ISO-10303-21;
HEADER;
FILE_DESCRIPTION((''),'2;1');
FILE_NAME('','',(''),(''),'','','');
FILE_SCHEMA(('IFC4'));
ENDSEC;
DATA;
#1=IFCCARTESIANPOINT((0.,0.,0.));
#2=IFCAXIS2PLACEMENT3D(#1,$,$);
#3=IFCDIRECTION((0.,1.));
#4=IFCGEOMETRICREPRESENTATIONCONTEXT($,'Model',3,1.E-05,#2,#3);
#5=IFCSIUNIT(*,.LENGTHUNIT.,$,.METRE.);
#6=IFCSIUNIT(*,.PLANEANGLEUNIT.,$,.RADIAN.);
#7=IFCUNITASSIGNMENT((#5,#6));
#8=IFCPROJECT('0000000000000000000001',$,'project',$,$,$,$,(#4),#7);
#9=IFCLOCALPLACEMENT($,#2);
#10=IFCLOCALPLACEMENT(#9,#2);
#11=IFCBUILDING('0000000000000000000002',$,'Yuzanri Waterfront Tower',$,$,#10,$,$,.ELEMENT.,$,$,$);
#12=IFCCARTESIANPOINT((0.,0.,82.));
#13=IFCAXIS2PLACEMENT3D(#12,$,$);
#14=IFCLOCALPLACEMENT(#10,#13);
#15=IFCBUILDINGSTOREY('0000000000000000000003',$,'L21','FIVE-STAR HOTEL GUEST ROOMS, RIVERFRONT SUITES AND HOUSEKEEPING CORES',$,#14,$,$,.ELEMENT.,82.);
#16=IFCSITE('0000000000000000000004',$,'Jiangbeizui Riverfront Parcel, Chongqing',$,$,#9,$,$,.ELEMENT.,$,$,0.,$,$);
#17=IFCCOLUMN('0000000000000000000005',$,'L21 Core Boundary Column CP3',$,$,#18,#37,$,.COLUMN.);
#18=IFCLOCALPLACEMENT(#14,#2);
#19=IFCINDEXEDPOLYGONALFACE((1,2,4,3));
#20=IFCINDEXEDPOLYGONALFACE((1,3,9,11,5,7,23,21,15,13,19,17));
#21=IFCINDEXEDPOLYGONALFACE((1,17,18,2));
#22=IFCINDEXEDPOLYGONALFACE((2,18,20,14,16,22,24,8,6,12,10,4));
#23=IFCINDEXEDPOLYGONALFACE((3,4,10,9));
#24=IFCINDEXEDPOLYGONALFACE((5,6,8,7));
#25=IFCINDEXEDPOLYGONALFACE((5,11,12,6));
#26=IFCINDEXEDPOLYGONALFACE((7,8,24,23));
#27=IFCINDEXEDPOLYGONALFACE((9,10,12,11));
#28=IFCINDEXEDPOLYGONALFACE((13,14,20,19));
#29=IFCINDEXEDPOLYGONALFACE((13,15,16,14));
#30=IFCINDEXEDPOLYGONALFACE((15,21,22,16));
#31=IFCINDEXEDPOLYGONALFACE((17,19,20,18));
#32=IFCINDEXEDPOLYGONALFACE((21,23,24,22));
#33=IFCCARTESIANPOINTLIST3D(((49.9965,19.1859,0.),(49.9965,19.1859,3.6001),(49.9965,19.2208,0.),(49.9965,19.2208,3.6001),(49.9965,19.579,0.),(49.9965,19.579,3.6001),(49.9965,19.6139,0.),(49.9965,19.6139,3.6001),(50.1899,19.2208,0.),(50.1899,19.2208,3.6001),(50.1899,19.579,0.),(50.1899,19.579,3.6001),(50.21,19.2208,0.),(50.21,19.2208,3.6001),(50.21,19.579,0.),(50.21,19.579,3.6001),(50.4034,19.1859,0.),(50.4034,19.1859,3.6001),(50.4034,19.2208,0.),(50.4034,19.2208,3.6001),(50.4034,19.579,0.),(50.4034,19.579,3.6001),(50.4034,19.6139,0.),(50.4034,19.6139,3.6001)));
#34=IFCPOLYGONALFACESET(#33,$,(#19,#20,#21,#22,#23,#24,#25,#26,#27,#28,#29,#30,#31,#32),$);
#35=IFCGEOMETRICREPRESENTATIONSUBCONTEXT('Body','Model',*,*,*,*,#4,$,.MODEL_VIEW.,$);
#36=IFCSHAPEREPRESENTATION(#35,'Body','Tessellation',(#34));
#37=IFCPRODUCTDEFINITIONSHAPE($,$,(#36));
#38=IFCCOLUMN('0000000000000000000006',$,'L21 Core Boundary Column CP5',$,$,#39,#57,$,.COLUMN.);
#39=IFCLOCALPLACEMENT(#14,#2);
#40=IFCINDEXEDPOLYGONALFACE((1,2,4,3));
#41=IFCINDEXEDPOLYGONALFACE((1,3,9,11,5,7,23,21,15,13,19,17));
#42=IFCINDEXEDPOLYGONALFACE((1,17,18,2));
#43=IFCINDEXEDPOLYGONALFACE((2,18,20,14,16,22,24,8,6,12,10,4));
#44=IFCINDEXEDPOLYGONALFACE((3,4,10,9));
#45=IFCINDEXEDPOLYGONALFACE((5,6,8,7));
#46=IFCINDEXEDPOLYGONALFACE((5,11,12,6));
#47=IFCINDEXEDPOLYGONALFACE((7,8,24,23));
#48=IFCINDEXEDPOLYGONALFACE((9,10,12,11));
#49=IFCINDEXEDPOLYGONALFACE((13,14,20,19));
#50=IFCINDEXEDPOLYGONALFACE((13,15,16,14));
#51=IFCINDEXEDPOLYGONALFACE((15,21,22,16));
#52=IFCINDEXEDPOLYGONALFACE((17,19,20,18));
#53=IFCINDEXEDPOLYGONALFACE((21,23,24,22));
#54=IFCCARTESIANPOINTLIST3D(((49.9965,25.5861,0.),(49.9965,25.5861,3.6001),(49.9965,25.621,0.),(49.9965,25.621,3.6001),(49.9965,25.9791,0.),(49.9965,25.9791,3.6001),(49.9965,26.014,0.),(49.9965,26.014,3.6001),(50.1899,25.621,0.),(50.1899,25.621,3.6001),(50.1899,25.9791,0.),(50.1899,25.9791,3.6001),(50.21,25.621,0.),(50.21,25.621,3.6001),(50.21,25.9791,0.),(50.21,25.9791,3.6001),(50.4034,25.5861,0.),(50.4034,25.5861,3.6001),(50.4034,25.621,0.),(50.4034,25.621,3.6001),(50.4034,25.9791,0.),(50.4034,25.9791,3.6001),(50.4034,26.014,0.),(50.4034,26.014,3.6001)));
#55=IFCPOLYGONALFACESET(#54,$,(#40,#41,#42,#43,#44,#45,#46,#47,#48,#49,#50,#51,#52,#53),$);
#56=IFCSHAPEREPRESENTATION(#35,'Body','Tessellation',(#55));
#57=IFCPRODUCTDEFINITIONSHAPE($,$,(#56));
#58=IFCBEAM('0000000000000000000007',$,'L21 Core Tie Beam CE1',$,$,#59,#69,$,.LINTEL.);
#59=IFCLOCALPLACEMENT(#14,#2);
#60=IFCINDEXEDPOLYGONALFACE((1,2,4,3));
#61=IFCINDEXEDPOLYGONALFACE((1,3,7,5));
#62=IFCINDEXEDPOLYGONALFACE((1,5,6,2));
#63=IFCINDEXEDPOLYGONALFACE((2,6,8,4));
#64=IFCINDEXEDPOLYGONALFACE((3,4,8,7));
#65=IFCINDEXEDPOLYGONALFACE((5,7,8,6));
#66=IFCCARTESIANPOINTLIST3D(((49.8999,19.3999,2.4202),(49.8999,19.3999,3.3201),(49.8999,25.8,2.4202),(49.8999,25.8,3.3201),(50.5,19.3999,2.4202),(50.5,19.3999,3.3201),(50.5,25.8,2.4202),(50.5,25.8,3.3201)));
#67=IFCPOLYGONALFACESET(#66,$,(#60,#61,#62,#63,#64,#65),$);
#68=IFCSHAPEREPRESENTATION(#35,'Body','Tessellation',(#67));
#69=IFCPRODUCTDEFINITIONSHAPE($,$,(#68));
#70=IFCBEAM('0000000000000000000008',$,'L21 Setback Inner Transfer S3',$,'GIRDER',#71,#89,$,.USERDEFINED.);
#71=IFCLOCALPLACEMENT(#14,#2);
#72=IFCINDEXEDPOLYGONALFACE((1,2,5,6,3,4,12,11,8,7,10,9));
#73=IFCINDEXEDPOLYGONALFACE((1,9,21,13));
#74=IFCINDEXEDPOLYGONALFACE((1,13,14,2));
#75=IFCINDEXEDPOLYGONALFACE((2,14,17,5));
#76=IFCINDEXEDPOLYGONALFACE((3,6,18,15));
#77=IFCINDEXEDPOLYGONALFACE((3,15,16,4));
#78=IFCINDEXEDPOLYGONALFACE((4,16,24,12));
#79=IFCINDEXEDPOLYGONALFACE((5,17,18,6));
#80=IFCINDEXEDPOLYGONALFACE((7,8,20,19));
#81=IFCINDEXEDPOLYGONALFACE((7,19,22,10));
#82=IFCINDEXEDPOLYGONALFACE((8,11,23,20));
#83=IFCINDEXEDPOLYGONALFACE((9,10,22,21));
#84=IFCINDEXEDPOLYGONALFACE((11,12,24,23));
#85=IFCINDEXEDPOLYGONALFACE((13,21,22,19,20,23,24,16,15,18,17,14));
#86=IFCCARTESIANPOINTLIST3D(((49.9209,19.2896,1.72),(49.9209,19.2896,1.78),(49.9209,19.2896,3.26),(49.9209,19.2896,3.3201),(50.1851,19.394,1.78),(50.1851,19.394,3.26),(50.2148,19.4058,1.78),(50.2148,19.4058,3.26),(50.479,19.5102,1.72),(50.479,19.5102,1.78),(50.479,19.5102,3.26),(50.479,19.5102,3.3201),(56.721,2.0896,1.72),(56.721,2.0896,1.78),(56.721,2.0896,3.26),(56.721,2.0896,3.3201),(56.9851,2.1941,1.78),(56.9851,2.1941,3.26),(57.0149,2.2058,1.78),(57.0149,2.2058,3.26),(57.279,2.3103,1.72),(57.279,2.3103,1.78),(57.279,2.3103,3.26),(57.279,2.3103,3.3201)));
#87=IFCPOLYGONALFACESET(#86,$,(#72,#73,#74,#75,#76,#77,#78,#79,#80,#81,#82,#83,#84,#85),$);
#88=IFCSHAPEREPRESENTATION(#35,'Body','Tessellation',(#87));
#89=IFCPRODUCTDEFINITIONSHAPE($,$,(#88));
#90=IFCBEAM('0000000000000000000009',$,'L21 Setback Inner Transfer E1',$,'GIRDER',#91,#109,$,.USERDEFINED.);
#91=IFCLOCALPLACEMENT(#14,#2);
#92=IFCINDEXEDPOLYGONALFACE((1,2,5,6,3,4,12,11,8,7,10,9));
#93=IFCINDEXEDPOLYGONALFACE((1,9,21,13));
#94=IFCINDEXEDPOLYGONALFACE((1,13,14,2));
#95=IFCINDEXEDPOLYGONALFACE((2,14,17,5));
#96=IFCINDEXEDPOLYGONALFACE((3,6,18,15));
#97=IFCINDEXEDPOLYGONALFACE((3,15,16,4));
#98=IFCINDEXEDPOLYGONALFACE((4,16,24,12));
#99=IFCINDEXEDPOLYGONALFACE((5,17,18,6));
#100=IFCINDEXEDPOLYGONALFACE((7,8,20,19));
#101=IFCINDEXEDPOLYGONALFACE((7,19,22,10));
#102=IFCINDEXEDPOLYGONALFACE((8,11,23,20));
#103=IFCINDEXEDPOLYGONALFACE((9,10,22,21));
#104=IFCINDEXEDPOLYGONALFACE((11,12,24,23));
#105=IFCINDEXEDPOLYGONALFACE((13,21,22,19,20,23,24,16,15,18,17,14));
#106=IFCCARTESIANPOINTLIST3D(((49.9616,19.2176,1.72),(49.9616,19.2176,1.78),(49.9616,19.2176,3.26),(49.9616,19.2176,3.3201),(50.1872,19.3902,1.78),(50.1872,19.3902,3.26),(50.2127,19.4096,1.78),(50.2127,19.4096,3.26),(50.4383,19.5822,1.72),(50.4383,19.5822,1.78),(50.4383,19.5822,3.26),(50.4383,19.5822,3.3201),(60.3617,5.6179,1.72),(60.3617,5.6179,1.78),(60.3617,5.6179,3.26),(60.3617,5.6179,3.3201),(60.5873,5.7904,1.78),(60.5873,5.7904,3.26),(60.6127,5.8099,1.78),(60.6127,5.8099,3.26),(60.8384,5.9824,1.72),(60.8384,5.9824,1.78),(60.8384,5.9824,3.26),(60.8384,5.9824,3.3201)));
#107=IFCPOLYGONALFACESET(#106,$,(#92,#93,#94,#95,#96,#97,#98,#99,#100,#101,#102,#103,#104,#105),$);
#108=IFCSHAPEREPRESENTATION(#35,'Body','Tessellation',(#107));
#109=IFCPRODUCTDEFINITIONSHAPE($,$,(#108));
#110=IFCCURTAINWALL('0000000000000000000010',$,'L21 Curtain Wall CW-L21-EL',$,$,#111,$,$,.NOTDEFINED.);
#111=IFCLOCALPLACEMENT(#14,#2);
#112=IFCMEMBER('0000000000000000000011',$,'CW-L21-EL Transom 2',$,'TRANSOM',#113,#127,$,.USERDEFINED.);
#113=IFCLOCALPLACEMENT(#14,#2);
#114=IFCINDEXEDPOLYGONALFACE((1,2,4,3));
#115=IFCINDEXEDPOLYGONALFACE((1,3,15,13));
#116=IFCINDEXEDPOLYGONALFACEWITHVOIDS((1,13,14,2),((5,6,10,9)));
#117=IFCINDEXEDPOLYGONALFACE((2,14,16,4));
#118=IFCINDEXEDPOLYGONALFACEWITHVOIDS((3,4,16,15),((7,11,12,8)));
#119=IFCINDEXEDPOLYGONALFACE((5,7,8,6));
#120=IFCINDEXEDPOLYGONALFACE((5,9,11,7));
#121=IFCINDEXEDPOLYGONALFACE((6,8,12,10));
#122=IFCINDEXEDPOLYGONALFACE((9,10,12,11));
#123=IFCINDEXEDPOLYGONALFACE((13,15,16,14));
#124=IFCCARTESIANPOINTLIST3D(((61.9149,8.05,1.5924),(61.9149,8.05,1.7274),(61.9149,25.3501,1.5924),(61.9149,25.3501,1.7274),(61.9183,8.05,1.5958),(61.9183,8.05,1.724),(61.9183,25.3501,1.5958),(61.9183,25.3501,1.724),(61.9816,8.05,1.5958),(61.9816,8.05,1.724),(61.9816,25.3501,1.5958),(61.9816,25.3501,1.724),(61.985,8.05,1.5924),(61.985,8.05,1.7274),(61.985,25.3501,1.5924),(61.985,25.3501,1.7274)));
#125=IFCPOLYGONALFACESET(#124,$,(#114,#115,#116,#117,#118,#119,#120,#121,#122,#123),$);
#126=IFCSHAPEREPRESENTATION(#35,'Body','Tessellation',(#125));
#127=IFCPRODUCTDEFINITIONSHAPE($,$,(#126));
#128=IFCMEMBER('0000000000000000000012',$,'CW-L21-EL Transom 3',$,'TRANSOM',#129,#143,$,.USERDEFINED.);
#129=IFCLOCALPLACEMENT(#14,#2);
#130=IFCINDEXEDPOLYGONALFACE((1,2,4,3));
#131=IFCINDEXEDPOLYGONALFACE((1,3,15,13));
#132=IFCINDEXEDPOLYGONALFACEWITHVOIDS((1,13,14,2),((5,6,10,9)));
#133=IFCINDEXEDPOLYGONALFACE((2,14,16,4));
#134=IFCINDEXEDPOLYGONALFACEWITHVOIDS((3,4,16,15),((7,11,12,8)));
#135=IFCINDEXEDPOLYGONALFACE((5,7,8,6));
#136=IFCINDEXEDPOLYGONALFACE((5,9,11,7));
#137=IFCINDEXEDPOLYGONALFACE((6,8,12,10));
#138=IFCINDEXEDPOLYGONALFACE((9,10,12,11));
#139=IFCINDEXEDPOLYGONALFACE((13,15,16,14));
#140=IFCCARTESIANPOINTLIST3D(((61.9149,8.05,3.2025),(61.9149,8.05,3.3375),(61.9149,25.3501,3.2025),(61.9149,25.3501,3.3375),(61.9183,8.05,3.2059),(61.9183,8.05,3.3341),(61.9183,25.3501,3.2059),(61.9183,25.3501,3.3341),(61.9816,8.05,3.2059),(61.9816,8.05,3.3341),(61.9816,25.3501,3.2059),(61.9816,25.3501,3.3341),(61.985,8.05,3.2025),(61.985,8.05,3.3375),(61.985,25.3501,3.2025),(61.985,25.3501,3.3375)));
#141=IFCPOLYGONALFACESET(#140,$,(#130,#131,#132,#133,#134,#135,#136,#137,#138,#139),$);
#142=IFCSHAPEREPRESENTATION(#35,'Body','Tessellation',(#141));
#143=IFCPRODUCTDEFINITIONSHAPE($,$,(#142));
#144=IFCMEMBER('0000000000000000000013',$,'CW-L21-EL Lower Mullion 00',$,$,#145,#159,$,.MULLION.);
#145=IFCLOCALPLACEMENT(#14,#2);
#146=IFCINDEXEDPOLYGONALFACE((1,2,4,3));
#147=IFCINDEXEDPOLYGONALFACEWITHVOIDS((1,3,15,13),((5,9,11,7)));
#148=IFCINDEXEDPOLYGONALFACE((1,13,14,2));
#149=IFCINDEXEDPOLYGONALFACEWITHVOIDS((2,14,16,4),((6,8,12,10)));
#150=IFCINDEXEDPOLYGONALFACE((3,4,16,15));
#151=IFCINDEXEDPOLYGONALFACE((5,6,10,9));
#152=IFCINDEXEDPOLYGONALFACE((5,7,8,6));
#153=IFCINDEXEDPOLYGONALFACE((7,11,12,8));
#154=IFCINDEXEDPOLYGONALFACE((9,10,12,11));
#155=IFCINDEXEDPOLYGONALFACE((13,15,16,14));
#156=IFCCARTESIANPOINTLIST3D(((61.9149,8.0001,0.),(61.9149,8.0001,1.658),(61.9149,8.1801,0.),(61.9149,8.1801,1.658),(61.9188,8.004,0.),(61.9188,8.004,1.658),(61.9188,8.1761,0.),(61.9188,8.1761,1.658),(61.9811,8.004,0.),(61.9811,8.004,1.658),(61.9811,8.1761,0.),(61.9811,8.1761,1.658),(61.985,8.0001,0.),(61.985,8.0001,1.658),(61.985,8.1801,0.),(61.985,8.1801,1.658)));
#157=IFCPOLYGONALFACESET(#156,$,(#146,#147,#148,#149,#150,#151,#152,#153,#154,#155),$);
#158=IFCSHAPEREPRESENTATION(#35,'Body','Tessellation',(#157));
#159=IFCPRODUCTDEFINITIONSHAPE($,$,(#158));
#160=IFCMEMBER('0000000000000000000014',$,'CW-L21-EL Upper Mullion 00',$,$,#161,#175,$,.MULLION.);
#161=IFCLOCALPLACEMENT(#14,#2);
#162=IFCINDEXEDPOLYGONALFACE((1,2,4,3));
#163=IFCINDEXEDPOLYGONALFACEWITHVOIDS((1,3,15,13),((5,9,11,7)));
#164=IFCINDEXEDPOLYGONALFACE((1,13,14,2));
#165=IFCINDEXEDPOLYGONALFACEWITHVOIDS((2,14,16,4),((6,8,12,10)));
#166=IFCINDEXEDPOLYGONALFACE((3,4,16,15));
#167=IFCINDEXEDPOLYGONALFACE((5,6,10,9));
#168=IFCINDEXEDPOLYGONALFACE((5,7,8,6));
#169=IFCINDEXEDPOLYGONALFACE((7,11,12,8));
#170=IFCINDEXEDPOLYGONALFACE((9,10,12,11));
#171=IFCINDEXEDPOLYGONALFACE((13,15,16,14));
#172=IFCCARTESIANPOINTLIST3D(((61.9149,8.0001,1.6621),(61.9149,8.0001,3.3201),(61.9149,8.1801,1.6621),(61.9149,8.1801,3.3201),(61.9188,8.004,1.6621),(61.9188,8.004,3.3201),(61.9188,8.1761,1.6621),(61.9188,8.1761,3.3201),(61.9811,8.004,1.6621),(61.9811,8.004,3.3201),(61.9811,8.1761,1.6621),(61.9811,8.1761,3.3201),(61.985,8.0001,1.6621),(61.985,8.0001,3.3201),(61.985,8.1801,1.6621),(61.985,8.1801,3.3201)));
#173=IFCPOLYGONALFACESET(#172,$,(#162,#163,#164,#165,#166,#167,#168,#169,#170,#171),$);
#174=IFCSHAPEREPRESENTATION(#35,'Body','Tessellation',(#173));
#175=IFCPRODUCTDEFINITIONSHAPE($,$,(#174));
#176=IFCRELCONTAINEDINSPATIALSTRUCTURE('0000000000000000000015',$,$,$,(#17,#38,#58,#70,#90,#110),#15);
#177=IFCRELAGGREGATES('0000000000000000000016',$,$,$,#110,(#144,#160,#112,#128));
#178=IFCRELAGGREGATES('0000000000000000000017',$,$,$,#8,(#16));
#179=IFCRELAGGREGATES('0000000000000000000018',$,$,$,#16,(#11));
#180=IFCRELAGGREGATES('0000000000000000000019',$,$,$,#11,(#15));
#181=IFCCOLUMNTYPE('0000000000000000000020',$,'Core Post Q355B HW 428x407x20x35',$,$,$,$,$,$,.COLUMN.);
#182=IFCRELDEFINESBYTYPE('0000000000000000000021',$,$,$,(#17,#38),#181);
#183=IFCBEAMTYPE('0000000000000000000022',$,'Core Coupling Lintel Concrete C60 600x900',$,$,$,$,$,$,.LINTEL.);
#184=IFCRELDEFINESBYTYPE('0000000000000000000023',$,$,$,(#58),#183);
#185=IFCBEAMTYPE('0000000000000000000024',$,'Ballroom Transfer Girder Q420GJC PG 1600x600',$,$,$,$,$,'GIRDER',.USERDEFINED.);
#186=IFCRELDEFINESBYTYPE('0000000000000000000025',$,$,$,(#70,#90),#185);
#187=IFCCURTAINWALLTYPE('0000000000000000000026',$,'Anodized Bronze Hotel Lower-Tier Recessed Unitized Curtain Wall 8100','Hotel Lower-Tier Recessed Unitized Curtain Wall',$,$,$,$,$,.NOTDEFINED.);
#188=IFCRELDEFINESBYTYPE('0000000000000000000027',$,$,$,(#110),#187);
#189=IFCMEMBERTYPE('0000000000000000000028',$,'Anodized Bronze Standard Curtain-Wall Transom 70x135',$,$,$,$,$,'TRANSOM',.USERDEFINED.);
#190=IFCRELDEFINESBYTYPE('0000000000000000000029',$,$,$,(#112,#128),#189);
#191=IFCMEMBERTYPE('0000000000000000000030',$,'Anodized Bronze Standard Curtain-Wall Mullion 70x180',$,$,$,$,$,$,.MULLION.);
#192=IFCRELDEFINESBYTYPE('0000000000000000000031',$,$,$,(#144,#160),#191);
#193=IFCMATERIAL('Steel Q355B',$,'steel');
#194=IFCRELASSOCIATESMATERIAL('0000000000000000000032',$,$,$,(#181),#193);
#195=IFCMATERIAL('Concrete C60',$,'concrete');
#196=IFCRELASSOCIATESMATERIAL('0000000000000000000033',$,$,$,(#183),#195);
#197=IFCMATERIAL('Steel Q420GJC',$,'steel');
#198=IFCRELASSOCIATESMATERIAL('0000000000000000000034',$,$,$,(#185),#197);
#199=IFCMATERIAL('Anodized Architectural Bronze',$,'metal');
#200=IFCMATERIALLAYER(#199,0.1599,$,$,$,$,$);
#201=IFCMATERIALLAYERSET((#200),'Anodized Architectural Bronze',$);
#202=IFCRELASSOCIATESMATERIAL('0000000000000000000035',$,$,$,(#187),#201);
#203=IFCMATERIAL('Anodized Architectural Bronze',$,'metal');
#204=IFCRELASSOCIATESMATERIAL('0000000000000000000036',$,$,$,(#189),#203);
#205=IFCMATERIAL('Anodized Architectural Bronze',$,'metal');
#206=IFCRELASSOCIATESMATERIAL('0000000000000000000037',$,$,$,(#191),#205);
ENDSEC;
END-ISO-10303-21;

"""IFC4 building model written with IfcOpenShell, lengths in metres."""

from ifc_helpers import new_model, si_unit, direction, frame, origin, origin_2d, place, context, subcontext, project, spatial, rectangle, hollow_rectangle, i_section, extrude, source, transform, mapped, material, layer, layer_set, material_profile, profile_set, type_object, element, aggregate, save


model = new_model("IFC4")

# Units and contexts
model_context = context("Model", 3, precision=1e-05, world=origin(), true_north=direction((0.0, 1.0)))
body_context = subcontext(model_context, "Body", "Model", "MODEL_VIEW")
ifc_project = project(units=[si_unit("LENGTHUNIT", "METRE"), si_unit("PLANEANGLEUNIT", "RADIAN")], contexts=[model_context])

# Site, building, storey
site_placement = place(None, origin())
site = spatial("IfcSite", under=ifc_project, at=site_placement, Name="Jiangbeizui Riverfront Parcel, Chongqing", CompositionType="ELEMENT", RefElevation=0.0)
building_placement = place(site_placement, origin())
building = spatial("IfcBuilding", under=site, at=building_placement, Name="Yuzanri Waterfront Tower", CompositionType="ELEMENT")
storey_placement = place(building_placement, frame((0.0, 0.0, 82.0)))
storey = spatial("IfcBuildingStorey", under=building, at=storey_placement, Name="L21", Description="FIVE-STAR HOTEL GUEST ROOMS, RIVERFRONT SUITES AND HOUSEKEEPING CORES", CompositionType="ELEMENT", Elevation=82.0)

# Columns
ifc_material_1 = material(Name="Steel Q355B", Category="steel")
ifc_material_profile_1 = material_profile(ifc_material_1, i_section(OverallWidth=0.407, OverallDepth=0.428, WebThickness=0.02, FlangeThickness=0.0349, at=origin_2d()), Name="HW 428x407x20x35")
ifc_profile_set_1 = profile_set([ifc_material_profile_1], Name="Steel Q355B")
column_type = type_object("IfcColumnType", Name="Core Post Q355B HW 428x407x20x35", PredefinedType="COLUMN", material=ifc_profile_set_1)
shared_shape_1 = source(origin(), body_context, "Body", "SweptSolid", [
    extrude(i_section(OverallWidth=0.407, OverallDepth=0.428, WebThickness=0.02, FlangeThickness=0.0349, at=origin_2d()), origin(), (0.0, 0.0, 1.0), 3.6001),
])
for number, where, z_axis, x_axis, name in (
    (1, (50.2, 19.3999, 0.0), (0.0, 0.0, 1.0), (1.0, 0.0, 0.0), "L21 Core Boundary Column CP3"),
    (2, (50.2, 25.8, 0.0), (0.0, 0.0, 1.0), (1.0, 0.0, 0.0), "L21 Core Boundary Column CP5"),
):
    element("IfcColumn", number, at=place(storey_placement, frame(where, z_axis=z_axis, x_axis=x_axis)), inside=storey, type_object=column_type, Name=name, PredefinedType="COLUMN", context=body_context, shape_type="MappedRepresentation", body=[
        mapped(shared_shape_1, transform((0.0, 0.0, 0.0), scale=1.0)),
    ])

# Beams
ifc_material_2 = material(Name="Concrete C60", Category="concrete")
ifc_material_profile_2 = material_profile(ifc_material_2, rectangle(XDim=0.6001, YDim=0.8999, at=origin_2d()), Name="RC 600x900")
ifc_profile_set_2 = profile_set([ifc_material_profile_2], Name="Concrete C60")
beam_type_1 = type_object("IfcBeamType", Name="Core Coupling Lintel Concrete C60 600x900", PredefinedType="LINTEL", material=ifc_profile_set_2)
shared_shape_2 = source(origin(), body_context, "Body", "SweptSolid", [
    extrude(rectangle(XDim=0.6001, YDim=0.8999, at=origin_2d()), origin(), (0.0, 0.0, 1.0), 6.4001),
])
beam_1_placement = place(storey_placement, frame((50.2, 19.3999, 2.8701), z_axis=(0.0, 1.0, 0.0), x_axis=(-1.0, 0.0, 0.0)))
element("IfcBeam", 3, at=beam_1_placement, inside=storey, type_object=beam_type_1, Name="L21 Core Tie Beam CE1", PredefinedType="LINTEL", context=body_context, shape_type="MappedRepresentation", body=[
    mapped(shared_shape_2, transform((0.0, 0.0, 0.0), scale=1.0)),
])
ifc_material_3 = material(Name="Steel Q420GJC", Category="steel")
ifc_material_profile_3 = material_profile(ifc_material_3, i_section(OverallWidth=0.6001, OverallDepth=1.6001, WebThickness=0.032, FlangeThickness=0.0601, at=origin_2d()), Name="PG 1600x600x32x60")
ifc_profile_set_3 = profile_set([ifc_material_profile_3], Name="Steel Q420GJC")
beam_type_2 = type_object("IfcBeamType", Name="Ballroom Transfer Girder Q420GJC PG 1600x600", ElementType="GIRDER", PredefinedType="USERDEFINED", material=ifc_profile_set_3)
shared_shape_3 = source(origin(), body_context, "Body", "SweptSolid", [
    extrude(i_section(OverallWidth=0.6001, OverallDepth=1.6001, WebThickness=0.032, FlangeThickness=0.0601, at=origin_2d()), origin(), (0.0, 0.0, 1.0), 18.4954),
])
beam_2_placement = place(storey_placement, frame((50.2, 19.3999, 2.52), z_axis=(0.367662, -0.929959, 0.0), x_axis=(0.929959, 0.367662, 0.0)))
element("IfcBeam", 4, at=beam_2_placement, inside=storey, type_object=beam_type_2, Name="L21 Setback Inner Transfer S3", ObjectType="GIRDER", PredefinedType="USERDEFINED", context=body_context, shape_type="MappedRepresentation", body=[
    mapped(shared_shape_3, transform((0.0, 0.0, 0.0), scale=1.0)),
])
shared_shape_4 = source(origin(), body_context, "Body", "SweptSolid", [
    extrude(i_section(OverallWidth=0.6001, OverallDepth=1.6001, WebThickness=0.032, FlangeThickness=0.0601, at=origin_2d()), origin(), (0.0, 0.0, 1.0), 17.1206),
])
beam_3_placement = place(storey_placement, frame((50.2, 19.3999, 2.52), z_axis=(0.60746, -0.794351, 0.0), x_axis=(0.794351, 0.60746, 0.0)))
element("IfcBeam", 5, at=beam_3_placement, inside=storey, type_object=beam_type_2, Name="L21 Setback Inner Transfer E1", ObjectType="GIRDER", PredefinedType="USERDEFINED", context=body_context, shape_type="MappedRepresentation", body=[
    mapped(shared_shape_4, transform((0.0, 0.0, 0.0), scale=1.0)),
])

# Curtain wall, members
ifc_material_4 = material(Name="Anodized Architectural Bronze", Category="metal")
ifc_layer_1 = layer(ifc_material_4, 0.1599)
ifc_layer_set_1 = layer_set([ifc_layer_1], Name="Anodized Architectural Bronze")
curtain_wall_type = type_object("IfcCurtainWallType", Name="Anodized Bronze Hotel Lower-Tier Recessed Unitized Curtain Wall 8100", Description="Hotel Lower-Tier Recessed Unitized Curtain Wall", PredefinedType="NOTDEFINED", material=ifc_layer_set_1)
curtain_wall_placement = place(storey_placement, origin())
curtain_wall = element("IfcCurtainWall", 6, at=curtain_wall_placement, inside=storey, type_object=curtain_wall_type, Name="L21 Curtain Wall CW-L21-EL", PredefinedType="NOTDEFINED")
ifc_material_5 = material(Name="Anodized Architectural Bronze", Category="metal")
ifc_material_profile_4 = material_profile(ifc_material_5, hollow_rectangle(XDim=0.0701, YDim=0.135, WallThickness=0.0034, at=origin_2d()), Name="CWT 70x135")
ifc_profile_set_4 = profile_set([ifc_material_profile_4], Name="Anodized Architectural Bronze")
member_type_1 = type_object("IfcMemberType", Name="Anodized Bronze Standard Curtain-Wall Transom 70x135", ElementType="TRANSOM", PredefinedType="USERDEFINED", material=ifc_profile_set_4)
shared_shape_5 = source(origin(), body_context, "Body", "SweptSolid", [
    extrude(hollow_rectangle(XDim=0.0701, YDim=0.135, WallThickness=0.0034, at=origin_2d()), origin(), (0.0, 0.0, 1.0), 17.3),
])
member_1_placement = place(storey_placement, frame((61.95, 8.05, 1.6599), z_axis=(0.0, 1.0, 0.0), x_axis=(-1.0, 0.0, 0.0)))
member_1 = element("IfcMember", 7, at=member_1_placement, type_object=member_type_1, Name="CW-L21-EL Transom 2", ObjectType="TRANSOM", PredefinedType="USERDEFINED", context=body_context, shape_type="MappedRepresentation", body=[
    mapped(shared_shape_5, transform((0.0, 0.0, 0.0), scale=1.0)),
])
member_2_placement = place(storey_placement, frame((61.95, 8.05, 3.27), z_axis=(0.0, 1.0, 0.0), x_axis=(-1.0, 0.0, 0.0)))
member_2 = element("IfcMember", 8, at=member_2_placement, type_object=member_type_1, Name="CW-L21-EL Transom 3", ObjectType="TRANSOM", PredefinedType="USERDEFINED", context=body_context, shape_type="MappedRepresentation", body=[
    mapped(shared_shape_5, transform((0.0, 0.0, 0.0), scale=1.0)),
])
ifc_material_6 = material(Name="Anodized Architectural Bronze", Category="metal")
ifc_material_profile_5 = material_profile(ifc_material_6, hollow_rectangle(XDim=0.0701, YDim=0.1799, WallThickness=0.0039, at=origin_2d()), Name="CWM 70x180")
ifc_profile_set_5 = profile_set([ifc_material_profile_5], Name="Anodized Architectural Bronze")
member_type_2 = type_object("IfcMemberType", Name="Anodized Bronze Standard Curtain-Wall Mullion 70x180", PredefinedType="MULLION", material=ifc_profile_set_5)
shared_shape_6 = source(origin(), body_context, "Body", "SweptSolid", [
    extrude(hollow_rectangle(XDim=0.0701, YDim=0.1799, WallThickness=0.0039, at=origin_2d()), origin(), (0.0, 0.0, 1.0), 1.658),
])
member_3_placement = place(storey_placement, frame((61.95, 8.0901, 0.0), z_axis=(0.0, 0.0, 1.0), x_axis=(1.0, 0.0, 0.0)))
member_3 = element("IfcMember", 9, at=member_3_placement, type_object=member_type_2, Name="CW-L21-EL Lower Mullion 00", PredefinedType="MULLION", context=body_context, shape_type="MappedRepresentation", body=[
    mapped(shared_shape_6, transform((0.0, 0.0, 0.0), scale=1.0)),
])
member_4_placement = place(storey_placement, frame((61.95, 8.0901, 1.6621), z_axis=(0.0, 0.0, 1.0), x_axis=(1.0, 0.0, 0.0)))
member_4 = element("IfcMember", 10, at=member_4_placement, type_object=member_type_2, Name="CW-L21-EL Upper Mullion 00", PredefinedType="MULLION", context=body_context, shape_type="MappedRepresentation", body=[
    mapped(shared_shape_6, transform((0.0, 0.0, 0.0), scale=1.0)),
])
aggregate(curtain_wall, [member_3, member_4, member_1, member_2])

save(model, "model.ifc")
